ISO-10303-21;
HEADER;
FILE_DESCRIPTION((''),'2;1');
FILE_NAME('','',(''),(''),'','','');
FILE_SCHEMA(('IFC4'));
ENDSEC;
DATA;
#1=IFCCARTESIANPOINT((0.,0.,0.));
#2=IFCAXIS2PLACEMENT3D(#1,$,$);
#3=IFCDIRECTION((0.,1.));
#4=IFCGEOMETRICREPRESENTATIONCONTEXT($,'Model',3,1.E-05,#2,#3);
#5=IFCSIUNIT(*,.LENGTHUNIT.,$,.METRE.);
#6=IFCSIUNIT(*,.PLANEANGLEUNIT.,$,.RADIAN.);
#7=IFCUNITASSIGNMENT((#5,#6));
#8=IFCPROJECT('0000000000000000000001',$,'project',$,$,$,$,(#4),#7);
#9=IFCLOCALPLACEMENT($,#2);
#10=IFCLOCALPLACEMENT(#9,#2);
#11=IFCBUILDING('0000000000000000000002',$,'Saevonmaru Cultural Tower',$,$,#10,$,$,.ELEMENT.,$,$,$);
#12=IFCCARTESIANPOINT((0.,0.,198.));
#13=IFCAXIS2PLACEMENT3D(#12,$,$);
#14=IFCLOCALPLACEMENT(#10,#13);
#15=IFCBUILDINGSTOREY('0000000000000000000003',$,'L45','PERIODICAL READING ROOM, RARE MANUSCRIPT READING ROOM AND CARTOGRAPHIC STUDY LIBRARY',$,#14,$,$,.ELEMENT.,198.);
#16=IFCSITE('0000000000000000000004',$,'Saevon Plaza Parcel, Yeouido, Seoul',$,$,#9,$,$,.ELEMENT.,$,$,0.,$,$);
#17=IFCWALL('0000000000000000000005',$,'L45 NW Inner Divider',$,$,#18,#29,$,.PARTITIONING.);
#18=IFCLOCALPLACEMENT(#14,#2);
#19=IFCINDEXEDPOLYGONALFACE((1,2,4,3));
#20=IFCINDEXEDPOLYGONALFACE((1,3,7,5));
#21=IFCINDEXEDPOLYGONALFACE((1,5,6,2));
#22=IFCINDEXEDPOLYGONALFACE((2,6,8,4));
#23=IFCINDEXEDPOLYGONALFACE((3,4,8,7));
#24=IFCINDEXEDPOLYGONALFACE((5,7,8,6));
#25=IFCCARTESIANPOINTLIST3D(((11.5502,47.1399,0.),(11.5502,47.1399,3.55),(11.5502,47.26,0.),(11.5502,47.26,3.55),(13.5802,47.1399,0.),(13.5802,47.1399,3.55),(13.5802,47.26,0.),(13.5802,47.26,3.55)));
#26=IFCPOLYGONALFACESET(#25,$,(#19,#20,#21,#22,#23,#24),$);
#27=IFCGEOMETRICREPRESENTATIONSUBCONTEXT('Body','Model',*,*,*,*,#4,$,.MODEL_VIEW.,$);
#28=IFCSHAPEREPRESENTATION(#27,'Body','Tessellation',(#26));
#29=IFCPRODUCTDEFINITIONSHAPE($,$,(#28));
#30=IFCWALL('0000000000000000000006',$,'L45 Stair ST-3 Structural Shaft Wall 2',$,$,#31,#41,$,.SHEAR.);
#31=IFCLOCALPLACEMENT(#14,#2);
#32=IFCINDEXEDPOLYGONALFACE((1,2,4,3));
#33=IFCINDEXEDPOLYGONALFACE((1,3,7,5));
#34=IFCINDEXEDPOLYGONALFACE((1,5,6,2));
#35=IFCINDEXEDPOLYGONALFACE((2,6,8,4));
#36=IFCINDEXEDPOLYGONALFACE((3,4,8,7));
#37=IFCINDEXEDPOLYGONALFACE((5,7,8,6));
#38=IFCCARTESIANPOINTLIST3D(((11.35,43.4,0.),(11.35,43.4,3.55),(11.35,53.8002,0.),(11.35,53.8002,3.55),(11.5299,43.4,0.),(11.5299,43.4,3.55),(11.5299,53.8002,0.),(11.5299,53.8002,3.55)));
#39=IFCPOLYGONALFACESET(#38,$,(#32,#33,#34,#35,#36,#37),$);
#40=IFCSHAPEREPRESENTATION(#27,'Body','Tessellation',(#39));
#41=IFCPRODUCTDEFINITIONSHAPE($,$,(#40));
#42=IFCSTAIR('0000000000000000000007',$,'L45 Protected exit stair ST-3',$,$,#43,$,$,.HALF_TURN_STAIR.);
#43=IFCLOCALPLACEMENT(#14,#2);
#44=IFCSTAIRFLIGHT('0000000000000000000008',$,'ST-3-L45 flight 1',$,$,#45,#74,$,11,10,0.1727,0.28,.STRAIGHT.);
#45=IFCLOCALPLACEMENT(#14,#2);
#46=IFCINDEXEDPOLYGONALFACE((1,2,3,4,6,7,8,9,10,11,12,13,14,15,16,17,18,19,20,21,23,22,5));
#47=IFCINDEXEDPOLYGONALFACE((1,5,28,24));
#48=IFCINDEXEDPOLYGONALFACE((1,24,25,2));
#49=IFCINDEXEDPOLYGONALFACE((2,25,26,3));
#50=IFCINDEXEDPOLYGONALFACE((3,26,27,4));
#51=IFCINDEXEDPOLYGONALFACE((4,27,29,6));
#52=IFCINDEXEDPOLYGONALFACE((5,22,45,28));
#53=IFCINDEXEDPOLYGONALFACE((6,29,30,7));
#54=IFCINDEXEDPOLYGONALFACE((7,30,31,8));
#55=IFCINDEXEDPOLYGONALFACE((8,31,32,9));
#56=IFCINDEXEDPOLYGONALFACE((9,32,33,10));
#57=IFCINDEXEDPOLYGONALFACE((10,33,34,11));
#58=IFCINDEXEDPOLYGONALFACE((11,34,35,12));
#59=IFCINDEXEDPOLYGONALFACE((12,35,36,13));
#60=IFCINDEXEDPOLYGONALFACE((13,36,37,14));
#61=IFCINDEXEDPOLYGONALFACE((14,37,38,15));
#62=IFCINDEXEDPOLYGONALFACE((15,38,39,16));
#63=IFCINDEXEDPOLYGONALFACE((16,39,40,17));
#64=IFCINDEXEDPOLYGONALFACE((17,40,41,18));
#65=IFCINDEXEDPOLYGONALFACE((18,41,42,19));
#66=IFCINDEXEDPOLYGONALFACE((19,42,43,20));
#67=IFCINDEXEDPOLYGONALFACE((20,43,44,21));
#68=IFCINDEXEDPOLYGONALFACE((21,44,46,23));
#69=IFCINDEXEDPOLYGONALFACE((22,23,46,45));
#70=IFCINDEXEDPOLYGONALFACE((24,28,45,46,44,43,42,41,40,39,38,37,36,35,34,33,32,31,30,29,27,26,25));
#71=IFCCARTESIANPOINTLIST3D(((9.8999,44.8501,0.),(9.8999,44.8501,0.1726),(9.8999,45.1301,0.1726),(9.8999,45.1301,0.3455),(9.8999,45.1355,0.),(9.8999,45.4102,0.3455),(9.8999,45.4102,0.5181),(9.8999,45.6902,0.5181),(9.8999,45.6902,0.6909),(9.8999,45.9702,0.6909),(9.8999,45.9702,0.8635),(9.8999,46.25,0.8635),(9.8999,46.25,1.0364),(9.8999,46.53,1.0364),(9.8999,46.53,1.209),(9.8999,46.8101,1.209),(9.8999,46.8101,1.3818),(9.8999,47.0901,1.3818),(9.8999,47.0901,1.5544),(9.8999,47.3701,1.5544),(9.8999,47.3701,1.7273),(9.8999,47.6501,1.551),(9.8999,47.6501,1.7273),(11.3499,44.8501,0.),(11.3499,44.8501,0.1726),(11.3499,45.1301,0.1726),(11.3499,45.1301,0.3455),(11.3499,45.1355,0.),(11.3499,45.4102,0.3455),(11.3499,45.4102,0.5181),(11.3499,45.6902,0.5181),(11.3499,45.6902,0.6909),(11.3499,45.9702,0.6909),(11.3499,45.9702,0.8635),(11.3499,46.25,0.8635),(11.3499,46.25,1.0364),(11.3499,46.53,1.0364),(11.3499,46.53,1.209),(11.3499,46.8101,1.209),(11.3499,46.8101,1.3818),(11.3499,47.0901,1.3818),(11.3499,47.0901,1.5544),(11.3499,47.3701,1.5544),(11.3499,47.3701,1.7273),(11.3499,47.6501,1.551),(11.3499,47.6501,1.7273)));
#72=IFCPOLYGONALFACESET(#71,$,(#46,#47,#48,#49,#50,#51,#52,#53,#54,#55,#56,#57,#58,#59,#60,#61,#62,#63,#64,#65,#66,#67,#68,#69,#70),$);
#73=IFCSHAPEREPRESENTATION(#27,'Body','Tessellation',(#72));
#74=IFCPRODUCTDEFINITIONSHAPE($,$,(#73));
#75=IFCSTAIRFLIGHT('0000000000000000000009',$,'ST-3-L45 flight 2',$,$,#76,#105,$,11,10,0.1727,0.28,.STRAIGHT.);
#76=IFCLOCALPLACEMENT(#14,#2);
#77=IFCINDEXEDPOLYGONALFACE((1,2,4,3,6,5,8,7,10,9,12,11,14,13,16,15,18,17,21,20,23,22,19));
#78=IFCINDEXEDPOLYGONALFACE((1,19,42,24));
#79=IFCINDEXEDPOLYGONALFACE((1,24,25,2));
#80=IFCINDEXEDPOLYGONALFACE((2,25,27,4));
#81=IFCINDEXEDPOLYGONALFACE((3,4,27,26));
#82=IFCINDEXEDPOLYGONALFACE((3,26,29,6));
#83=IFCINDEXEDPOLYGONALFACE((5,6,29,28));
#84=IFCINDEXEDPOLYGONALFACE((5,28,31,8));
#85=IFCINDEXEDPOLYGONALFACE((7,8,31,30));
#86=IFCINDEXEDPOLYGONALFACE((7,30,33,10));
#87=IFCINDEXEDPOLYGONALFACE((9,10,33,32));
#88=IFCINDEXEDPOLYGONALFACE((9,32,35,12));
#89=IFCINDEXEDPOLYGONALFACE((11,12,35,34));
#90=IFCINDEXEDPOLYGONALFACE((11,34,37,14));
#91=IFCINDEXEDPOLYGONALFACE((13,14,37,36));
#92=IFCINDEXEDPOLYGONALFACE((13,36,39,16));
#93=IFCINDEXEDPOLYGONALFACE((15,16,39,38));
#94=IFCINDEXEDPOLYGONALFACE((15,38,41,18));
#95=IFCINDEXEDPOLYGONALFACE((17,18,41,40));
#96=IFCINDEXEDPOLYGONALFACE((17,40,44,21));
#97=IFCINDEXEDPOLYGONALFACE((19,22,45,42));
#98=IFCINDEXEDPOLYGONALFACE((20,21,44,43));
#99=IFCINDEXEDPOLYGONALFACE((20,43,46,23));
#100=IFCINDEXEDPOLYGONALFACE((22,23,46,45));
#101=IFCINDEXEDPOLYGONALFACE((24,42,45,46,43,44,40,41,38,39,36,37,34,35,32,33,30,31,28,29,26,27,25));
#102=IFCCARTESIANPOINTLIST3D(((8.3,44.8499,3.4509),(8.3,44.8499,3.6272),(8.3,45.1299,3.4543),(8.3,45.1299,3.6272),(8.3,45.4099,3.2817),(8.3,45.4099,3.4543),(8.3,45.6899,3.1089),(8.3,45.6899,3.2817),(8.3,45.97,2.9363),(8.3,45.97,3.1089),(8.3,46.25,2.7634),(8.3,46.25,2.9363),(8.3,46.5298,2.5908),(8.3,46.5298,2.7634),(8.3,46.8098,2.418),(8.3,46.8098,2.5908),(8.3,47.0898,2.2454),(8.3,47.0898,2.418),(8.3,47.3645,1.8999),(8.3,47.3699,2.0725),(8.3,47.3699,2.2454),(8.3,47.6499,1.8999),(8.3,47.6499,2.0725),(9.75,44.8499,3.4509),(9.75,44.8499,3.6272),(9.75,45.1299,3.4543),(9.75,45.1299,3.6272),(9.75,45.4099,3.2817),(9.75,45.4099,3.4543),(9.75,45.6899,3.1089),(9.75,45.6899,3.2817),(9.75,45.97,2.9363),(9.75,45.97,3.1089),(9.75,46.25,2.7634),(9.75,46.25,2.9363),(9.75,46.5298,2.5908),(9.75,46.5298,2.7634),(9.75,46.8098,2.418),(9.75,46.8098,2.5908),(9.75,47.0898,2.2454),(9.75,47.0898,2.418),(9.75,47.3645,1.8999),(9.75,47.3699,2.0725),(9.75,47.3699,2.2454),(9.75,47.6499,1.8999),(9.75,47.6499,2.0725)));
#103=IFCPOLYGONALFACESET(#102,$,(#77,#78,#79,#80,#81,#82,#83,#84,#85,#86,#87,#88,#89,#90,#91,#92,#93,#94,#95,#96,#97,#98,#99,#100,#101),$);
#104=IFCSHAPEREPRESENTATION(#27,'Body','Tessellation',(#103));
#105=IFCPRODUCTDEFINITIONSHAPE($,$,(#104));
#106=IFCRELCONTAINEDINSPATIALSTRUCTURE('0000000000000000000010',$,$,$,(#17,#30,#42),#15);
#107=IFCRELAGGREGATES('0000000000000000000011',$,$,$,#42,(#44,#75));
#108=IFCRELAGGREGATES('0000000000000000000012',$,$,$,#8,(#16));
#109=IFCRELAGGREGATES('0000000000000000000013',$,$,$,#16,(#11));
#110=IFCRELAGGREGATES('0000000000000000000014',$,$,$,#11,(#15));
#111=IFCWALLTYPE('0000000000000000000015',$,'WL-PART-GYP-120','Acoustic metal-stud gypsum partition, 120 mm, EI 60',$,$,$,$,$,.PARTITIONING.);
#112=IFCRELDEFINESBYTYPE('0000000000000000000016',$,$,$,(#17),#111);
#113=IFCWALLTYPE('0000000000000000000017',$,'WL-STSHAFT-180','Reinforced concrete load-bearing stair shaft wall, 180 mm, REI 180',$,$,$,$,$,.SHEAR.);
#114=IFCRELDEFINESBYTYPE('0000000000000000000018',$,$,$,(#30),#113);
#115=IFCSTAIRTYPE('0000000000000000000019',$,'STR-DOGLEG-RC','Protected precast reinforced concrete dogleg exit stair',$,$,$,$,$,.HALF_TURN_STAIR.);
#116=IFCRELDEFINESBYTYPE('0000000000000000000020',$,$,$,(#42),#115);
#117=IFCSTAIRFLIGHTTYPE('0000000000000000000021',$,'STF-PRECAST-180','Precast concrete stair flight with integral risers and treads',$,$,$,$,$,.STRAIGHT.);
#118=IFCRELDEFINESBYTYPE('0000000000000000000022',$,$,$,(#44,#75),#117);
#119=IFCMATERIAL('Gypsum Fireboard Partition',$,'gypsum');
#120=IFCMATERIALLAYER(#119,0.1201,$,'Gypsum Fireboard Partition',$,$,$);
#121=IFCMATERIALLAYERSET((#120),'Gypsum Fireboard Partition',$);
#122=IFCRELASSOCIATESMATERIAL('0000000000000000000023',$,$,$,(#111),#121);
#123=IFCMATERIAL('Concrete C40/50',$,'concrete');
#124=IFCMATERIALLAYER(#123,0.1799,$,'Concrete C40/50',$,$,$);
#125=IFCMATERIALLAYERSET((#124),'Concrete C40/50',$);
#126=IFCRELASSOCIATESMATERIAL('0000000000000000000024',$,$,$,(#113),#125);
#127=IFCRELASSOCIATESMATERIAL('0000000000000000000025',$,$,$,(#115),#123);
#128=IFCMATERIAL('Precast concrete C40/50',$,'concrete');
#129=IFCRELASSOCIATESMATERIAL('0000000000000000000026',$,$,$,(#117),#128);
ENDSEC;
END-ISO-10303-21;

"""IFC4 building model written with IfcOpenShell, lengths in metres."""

from ifc_helpers import new_model, si_unit, direction, frame, frame_2d, origin, place, context, subcontext, project, spatial, polyline, rectangle, outline, extrude, material, layer, layer_set, type_object, element, aggregate, save


model = new_model("IFC4")

# Units and contexts
model_context = context("Model", 3, precision=1e-05, world=origin(), true_north=direction((0.0, 1.0)))
body_context = subcontext(model_context, "Body", "Model", "MODEL_VIEW")
ifc_project = project(units=[si_unit("LENGTHUNIT", "METRE"), si_unit("PLANEANGLEUNIT", "RADIAN")], contexts=[model_context])

# Site, building, storey
site_placement = place(None, origin())
site = spatial("IfcSite", under=ifc_project, at=site_placement, Name="Saevon Plaza Parcel, Yeouido, Seoul", CompositionType="ELEMENT", RefElevation=0.0)
building_placement = place(site_placement, origin())
building = spatial("IfcBuilding", under=site, at=building_placement, Name="Saevonmaru Cultural Tower", CompositionType="ELEMENT")
storey_placement = place(building_placement, frame((0.0, 0.0, 198.0)))
storey = spatial("IfcBuildingStorey", under=building, at=storey_placement, Name="L45", Description="PERIODICAL READING ROOM, RARE MANUSCRIPT READING ROOM AND CARTOGRAPHIC STUDY LIBRARY", CompositionType="ELEMENT", Elevation=198.0)

# Wall
ifc_material_1 = material(Name="Gypsum Fireboard Partition", Category="gypsum")
ifc_layer_1 = layer(ifc_material_1, 0.1201, Name="Gypsum Fireboard Partition")
ifc_layer_set_1 = layer_set([ifc_layer_1], Name="Gypsum Fireboard Partition")
wall_type_1 = type_object("IfcWallType", Name="WL-PART-GYP-120", Description="Acoustic metal-stud gypsum partition, 120 mm, EI 60", PredefinedType="PARTITIONING", material=ifc_layer_set_1)
wall_1_placement = place(storey_placement, frame((11.55, 47.2, 0.0), z_axis=(0.0, 0.0, 1.0), x_axis=(1.0, 0.0, 0.0)))
element("IfcWall", 1, at=wall_1_placement, inside=storey, type_object=wall_type_1, Name="L45 NW Inner Divider", PredefinedType="PARTITIONING", context=body_context, shape_type="SweptSolid", body=[
    extrude(rectangle(XDim=2.03, YDim=0.1201, at=frame_2d((1.0151, 0.0))), origin(), (0.0, 0.0, 1.0), 3.55),
])

# Shared definitions
ifc_material_2 = material(Name="Concrete C40/50", Category="concrete")
ifc_layer_2 = layer(ifc_material_2, 0.1799, Name="Concrete C40/50")
ifc_layer_set_2 = layer_set([ifc_layer_2], Name="Concrete C40/50")
wall_type_2 = type_object("IfcWallType", Name="WL-STSHAFT-180", Description="Reinforced concrete load-bearing stair shaft wall, 180 mm, REI 180", PredefinedType="SHEAR", material=ifc_layer_set_2)

# Wall
wall_2_placement = place(storey_placement, frame((11.4399, 43.3999, 0.0), z_axis=(0.0, 0.0, 1.0), x_axis=(0.0, 1.0, 0.0)))
element("IfcWall", 2, at=wall_2_placement, inside=storey, type_object=wall_type_2, Name="L45 Stair ST-3 Structural Shaft Wall 2", PredefinedType="SHEAR", context=body_context, shape_type="SweptSolid", body=[
    extrude(rectangle(XDim=10.4001, YDim=0.1799, at=frame_2d((5.2002, 0.0))), origin(), (0.0, 0.0, 1.0), 3.55),
])

# Stair, stair flights
stair_type = type_object("IfcStairType", Name="STR-DOGLEG-RC", Description="Protected precast reinforced concrete dogleg exit stair", PredefinedType="HALF_TURN_STAIR", material=ifc_material_2)
stair_placement = place(storey_placement, origin())
stair = element("IfcStair", 3, at=stair_placement, inside=storey, type_object=stair_type, Name="L45 Protected exit stair ST-3", PredefinedType="HALF_TURN_STAIR")
ifc_material_3 = material(Name="Precast concrete C40/50", Category="concrete")
stair_flight_type = type_object("IfcStairFlightType", Name="STF-PRECAST-180", Description="Precast concrete stair flight with integral risers and treads", PredefinedType="STRAIGHT", material=ifc_material_3)
stair_flight_1_placement = place(storey_placement, frame((10.625, 44.8501, 0.0), z_axis=(0.0, 0.0, 1.0), x_axis=(0.0, 1.0, 0.0)))
stair_flight_1 = element("IfcStairFlight", 4, at=stair_flight_1_placement, type_object=stair_flight_type, Name="ST-3-L45 flight 1", NumberOfRisers=11, NumberOfTreads=10, PredefinedType="STRAIGHT", RiserHeight=0.1727, TreadLength=0.28, context=body_context, shape_type="SweptSolid", body=[
    extrude(outline(polyline([(0.0, 0.0), (0.0, 0.1726), (0.28, 0.1726), (0.28, 0.3455), (0.5601, 0.3455), (0.5601, 0.5181), (0.8401, 0.5181), (0.8401, 0.6909), (1.1201, 0.6909), (1.1201, 0.8635), (1.3999, 0.8635), (1.3999, 1.0364), (1.6799, 1.0364), (1.6799, 1.209), (1.96, 1.209), (1.96, 1.3818), (2.24, 1.3818), (2.24, 1.5544), (2.52, 1.5544), (2.52, 1.7273), (2.8, 1.7273), (2.8, 1.8999), (2.8, 1.551), (0.2854, 0.0), (0.0, 0.0)])), frame((0.0, 0.7251, 0.0), z_axis=(0.0, -1.0, 0.0), x_axis=(1.0, 0.0, 0.0)), (0.0, 0.0, 1.0), 1.45),
])
stair_flight_2_placement = place(storey_placement, frame((9.0249, 47.6499, 1.8999), z_axis=(0.0, 0.0, 1.0), x_axis=(0.0, -1.0, 0.0)))
stair_flight_2 = element("IfcStairFlight", 5, at=stair_flight_2_placement, type_object=stair_flight_type, Name="ST-3-L45 flight 2", NumberOfRisers=11, NumberOfTreads=10, PredefinedType="STRAIGHT", RiserHeight=0.1727, TreadLength=0.28, context=body_context, shape_type="SweptSolid", body=[
    extrude(outline(polyline([(0.0, 0.0), (0.0, 0.1726), (0.28, 0.1726), (0.28, 0.3455), (0.5601, 0.3455), (0.5601, 0.5181), (0.8401, 0.5181), (0.8401, 0.6909), (1.1201, 0.6909), (1.1201, 0.8635), (1.3999, 0.8635), (1.3999, 1.0364), (1.6799, 1.0364), (1.6799, 1.209), (1.96, 1.209), (1.96, 1.3818), (2.24, 1.3818), (2.24, 1.5544), (2.52, 1.5544), (2.52, 1.7273), (2.8, 1.7273), (2.8, 1.8999), (2.8, 1.551), (0.2854, 0.0), (0.0, 0.0)])), frame((0.0, 0.7251, 0.0), z_axis=(0.0, -1.0, 0.0), x_axis=(1.0, 0.0, 0.0)), (0.0, 0.0, 1.0), 1.45),
])
aggregate(stair, [stair_flight_1, stair_flight_2])

save(model, "model.ifc")
